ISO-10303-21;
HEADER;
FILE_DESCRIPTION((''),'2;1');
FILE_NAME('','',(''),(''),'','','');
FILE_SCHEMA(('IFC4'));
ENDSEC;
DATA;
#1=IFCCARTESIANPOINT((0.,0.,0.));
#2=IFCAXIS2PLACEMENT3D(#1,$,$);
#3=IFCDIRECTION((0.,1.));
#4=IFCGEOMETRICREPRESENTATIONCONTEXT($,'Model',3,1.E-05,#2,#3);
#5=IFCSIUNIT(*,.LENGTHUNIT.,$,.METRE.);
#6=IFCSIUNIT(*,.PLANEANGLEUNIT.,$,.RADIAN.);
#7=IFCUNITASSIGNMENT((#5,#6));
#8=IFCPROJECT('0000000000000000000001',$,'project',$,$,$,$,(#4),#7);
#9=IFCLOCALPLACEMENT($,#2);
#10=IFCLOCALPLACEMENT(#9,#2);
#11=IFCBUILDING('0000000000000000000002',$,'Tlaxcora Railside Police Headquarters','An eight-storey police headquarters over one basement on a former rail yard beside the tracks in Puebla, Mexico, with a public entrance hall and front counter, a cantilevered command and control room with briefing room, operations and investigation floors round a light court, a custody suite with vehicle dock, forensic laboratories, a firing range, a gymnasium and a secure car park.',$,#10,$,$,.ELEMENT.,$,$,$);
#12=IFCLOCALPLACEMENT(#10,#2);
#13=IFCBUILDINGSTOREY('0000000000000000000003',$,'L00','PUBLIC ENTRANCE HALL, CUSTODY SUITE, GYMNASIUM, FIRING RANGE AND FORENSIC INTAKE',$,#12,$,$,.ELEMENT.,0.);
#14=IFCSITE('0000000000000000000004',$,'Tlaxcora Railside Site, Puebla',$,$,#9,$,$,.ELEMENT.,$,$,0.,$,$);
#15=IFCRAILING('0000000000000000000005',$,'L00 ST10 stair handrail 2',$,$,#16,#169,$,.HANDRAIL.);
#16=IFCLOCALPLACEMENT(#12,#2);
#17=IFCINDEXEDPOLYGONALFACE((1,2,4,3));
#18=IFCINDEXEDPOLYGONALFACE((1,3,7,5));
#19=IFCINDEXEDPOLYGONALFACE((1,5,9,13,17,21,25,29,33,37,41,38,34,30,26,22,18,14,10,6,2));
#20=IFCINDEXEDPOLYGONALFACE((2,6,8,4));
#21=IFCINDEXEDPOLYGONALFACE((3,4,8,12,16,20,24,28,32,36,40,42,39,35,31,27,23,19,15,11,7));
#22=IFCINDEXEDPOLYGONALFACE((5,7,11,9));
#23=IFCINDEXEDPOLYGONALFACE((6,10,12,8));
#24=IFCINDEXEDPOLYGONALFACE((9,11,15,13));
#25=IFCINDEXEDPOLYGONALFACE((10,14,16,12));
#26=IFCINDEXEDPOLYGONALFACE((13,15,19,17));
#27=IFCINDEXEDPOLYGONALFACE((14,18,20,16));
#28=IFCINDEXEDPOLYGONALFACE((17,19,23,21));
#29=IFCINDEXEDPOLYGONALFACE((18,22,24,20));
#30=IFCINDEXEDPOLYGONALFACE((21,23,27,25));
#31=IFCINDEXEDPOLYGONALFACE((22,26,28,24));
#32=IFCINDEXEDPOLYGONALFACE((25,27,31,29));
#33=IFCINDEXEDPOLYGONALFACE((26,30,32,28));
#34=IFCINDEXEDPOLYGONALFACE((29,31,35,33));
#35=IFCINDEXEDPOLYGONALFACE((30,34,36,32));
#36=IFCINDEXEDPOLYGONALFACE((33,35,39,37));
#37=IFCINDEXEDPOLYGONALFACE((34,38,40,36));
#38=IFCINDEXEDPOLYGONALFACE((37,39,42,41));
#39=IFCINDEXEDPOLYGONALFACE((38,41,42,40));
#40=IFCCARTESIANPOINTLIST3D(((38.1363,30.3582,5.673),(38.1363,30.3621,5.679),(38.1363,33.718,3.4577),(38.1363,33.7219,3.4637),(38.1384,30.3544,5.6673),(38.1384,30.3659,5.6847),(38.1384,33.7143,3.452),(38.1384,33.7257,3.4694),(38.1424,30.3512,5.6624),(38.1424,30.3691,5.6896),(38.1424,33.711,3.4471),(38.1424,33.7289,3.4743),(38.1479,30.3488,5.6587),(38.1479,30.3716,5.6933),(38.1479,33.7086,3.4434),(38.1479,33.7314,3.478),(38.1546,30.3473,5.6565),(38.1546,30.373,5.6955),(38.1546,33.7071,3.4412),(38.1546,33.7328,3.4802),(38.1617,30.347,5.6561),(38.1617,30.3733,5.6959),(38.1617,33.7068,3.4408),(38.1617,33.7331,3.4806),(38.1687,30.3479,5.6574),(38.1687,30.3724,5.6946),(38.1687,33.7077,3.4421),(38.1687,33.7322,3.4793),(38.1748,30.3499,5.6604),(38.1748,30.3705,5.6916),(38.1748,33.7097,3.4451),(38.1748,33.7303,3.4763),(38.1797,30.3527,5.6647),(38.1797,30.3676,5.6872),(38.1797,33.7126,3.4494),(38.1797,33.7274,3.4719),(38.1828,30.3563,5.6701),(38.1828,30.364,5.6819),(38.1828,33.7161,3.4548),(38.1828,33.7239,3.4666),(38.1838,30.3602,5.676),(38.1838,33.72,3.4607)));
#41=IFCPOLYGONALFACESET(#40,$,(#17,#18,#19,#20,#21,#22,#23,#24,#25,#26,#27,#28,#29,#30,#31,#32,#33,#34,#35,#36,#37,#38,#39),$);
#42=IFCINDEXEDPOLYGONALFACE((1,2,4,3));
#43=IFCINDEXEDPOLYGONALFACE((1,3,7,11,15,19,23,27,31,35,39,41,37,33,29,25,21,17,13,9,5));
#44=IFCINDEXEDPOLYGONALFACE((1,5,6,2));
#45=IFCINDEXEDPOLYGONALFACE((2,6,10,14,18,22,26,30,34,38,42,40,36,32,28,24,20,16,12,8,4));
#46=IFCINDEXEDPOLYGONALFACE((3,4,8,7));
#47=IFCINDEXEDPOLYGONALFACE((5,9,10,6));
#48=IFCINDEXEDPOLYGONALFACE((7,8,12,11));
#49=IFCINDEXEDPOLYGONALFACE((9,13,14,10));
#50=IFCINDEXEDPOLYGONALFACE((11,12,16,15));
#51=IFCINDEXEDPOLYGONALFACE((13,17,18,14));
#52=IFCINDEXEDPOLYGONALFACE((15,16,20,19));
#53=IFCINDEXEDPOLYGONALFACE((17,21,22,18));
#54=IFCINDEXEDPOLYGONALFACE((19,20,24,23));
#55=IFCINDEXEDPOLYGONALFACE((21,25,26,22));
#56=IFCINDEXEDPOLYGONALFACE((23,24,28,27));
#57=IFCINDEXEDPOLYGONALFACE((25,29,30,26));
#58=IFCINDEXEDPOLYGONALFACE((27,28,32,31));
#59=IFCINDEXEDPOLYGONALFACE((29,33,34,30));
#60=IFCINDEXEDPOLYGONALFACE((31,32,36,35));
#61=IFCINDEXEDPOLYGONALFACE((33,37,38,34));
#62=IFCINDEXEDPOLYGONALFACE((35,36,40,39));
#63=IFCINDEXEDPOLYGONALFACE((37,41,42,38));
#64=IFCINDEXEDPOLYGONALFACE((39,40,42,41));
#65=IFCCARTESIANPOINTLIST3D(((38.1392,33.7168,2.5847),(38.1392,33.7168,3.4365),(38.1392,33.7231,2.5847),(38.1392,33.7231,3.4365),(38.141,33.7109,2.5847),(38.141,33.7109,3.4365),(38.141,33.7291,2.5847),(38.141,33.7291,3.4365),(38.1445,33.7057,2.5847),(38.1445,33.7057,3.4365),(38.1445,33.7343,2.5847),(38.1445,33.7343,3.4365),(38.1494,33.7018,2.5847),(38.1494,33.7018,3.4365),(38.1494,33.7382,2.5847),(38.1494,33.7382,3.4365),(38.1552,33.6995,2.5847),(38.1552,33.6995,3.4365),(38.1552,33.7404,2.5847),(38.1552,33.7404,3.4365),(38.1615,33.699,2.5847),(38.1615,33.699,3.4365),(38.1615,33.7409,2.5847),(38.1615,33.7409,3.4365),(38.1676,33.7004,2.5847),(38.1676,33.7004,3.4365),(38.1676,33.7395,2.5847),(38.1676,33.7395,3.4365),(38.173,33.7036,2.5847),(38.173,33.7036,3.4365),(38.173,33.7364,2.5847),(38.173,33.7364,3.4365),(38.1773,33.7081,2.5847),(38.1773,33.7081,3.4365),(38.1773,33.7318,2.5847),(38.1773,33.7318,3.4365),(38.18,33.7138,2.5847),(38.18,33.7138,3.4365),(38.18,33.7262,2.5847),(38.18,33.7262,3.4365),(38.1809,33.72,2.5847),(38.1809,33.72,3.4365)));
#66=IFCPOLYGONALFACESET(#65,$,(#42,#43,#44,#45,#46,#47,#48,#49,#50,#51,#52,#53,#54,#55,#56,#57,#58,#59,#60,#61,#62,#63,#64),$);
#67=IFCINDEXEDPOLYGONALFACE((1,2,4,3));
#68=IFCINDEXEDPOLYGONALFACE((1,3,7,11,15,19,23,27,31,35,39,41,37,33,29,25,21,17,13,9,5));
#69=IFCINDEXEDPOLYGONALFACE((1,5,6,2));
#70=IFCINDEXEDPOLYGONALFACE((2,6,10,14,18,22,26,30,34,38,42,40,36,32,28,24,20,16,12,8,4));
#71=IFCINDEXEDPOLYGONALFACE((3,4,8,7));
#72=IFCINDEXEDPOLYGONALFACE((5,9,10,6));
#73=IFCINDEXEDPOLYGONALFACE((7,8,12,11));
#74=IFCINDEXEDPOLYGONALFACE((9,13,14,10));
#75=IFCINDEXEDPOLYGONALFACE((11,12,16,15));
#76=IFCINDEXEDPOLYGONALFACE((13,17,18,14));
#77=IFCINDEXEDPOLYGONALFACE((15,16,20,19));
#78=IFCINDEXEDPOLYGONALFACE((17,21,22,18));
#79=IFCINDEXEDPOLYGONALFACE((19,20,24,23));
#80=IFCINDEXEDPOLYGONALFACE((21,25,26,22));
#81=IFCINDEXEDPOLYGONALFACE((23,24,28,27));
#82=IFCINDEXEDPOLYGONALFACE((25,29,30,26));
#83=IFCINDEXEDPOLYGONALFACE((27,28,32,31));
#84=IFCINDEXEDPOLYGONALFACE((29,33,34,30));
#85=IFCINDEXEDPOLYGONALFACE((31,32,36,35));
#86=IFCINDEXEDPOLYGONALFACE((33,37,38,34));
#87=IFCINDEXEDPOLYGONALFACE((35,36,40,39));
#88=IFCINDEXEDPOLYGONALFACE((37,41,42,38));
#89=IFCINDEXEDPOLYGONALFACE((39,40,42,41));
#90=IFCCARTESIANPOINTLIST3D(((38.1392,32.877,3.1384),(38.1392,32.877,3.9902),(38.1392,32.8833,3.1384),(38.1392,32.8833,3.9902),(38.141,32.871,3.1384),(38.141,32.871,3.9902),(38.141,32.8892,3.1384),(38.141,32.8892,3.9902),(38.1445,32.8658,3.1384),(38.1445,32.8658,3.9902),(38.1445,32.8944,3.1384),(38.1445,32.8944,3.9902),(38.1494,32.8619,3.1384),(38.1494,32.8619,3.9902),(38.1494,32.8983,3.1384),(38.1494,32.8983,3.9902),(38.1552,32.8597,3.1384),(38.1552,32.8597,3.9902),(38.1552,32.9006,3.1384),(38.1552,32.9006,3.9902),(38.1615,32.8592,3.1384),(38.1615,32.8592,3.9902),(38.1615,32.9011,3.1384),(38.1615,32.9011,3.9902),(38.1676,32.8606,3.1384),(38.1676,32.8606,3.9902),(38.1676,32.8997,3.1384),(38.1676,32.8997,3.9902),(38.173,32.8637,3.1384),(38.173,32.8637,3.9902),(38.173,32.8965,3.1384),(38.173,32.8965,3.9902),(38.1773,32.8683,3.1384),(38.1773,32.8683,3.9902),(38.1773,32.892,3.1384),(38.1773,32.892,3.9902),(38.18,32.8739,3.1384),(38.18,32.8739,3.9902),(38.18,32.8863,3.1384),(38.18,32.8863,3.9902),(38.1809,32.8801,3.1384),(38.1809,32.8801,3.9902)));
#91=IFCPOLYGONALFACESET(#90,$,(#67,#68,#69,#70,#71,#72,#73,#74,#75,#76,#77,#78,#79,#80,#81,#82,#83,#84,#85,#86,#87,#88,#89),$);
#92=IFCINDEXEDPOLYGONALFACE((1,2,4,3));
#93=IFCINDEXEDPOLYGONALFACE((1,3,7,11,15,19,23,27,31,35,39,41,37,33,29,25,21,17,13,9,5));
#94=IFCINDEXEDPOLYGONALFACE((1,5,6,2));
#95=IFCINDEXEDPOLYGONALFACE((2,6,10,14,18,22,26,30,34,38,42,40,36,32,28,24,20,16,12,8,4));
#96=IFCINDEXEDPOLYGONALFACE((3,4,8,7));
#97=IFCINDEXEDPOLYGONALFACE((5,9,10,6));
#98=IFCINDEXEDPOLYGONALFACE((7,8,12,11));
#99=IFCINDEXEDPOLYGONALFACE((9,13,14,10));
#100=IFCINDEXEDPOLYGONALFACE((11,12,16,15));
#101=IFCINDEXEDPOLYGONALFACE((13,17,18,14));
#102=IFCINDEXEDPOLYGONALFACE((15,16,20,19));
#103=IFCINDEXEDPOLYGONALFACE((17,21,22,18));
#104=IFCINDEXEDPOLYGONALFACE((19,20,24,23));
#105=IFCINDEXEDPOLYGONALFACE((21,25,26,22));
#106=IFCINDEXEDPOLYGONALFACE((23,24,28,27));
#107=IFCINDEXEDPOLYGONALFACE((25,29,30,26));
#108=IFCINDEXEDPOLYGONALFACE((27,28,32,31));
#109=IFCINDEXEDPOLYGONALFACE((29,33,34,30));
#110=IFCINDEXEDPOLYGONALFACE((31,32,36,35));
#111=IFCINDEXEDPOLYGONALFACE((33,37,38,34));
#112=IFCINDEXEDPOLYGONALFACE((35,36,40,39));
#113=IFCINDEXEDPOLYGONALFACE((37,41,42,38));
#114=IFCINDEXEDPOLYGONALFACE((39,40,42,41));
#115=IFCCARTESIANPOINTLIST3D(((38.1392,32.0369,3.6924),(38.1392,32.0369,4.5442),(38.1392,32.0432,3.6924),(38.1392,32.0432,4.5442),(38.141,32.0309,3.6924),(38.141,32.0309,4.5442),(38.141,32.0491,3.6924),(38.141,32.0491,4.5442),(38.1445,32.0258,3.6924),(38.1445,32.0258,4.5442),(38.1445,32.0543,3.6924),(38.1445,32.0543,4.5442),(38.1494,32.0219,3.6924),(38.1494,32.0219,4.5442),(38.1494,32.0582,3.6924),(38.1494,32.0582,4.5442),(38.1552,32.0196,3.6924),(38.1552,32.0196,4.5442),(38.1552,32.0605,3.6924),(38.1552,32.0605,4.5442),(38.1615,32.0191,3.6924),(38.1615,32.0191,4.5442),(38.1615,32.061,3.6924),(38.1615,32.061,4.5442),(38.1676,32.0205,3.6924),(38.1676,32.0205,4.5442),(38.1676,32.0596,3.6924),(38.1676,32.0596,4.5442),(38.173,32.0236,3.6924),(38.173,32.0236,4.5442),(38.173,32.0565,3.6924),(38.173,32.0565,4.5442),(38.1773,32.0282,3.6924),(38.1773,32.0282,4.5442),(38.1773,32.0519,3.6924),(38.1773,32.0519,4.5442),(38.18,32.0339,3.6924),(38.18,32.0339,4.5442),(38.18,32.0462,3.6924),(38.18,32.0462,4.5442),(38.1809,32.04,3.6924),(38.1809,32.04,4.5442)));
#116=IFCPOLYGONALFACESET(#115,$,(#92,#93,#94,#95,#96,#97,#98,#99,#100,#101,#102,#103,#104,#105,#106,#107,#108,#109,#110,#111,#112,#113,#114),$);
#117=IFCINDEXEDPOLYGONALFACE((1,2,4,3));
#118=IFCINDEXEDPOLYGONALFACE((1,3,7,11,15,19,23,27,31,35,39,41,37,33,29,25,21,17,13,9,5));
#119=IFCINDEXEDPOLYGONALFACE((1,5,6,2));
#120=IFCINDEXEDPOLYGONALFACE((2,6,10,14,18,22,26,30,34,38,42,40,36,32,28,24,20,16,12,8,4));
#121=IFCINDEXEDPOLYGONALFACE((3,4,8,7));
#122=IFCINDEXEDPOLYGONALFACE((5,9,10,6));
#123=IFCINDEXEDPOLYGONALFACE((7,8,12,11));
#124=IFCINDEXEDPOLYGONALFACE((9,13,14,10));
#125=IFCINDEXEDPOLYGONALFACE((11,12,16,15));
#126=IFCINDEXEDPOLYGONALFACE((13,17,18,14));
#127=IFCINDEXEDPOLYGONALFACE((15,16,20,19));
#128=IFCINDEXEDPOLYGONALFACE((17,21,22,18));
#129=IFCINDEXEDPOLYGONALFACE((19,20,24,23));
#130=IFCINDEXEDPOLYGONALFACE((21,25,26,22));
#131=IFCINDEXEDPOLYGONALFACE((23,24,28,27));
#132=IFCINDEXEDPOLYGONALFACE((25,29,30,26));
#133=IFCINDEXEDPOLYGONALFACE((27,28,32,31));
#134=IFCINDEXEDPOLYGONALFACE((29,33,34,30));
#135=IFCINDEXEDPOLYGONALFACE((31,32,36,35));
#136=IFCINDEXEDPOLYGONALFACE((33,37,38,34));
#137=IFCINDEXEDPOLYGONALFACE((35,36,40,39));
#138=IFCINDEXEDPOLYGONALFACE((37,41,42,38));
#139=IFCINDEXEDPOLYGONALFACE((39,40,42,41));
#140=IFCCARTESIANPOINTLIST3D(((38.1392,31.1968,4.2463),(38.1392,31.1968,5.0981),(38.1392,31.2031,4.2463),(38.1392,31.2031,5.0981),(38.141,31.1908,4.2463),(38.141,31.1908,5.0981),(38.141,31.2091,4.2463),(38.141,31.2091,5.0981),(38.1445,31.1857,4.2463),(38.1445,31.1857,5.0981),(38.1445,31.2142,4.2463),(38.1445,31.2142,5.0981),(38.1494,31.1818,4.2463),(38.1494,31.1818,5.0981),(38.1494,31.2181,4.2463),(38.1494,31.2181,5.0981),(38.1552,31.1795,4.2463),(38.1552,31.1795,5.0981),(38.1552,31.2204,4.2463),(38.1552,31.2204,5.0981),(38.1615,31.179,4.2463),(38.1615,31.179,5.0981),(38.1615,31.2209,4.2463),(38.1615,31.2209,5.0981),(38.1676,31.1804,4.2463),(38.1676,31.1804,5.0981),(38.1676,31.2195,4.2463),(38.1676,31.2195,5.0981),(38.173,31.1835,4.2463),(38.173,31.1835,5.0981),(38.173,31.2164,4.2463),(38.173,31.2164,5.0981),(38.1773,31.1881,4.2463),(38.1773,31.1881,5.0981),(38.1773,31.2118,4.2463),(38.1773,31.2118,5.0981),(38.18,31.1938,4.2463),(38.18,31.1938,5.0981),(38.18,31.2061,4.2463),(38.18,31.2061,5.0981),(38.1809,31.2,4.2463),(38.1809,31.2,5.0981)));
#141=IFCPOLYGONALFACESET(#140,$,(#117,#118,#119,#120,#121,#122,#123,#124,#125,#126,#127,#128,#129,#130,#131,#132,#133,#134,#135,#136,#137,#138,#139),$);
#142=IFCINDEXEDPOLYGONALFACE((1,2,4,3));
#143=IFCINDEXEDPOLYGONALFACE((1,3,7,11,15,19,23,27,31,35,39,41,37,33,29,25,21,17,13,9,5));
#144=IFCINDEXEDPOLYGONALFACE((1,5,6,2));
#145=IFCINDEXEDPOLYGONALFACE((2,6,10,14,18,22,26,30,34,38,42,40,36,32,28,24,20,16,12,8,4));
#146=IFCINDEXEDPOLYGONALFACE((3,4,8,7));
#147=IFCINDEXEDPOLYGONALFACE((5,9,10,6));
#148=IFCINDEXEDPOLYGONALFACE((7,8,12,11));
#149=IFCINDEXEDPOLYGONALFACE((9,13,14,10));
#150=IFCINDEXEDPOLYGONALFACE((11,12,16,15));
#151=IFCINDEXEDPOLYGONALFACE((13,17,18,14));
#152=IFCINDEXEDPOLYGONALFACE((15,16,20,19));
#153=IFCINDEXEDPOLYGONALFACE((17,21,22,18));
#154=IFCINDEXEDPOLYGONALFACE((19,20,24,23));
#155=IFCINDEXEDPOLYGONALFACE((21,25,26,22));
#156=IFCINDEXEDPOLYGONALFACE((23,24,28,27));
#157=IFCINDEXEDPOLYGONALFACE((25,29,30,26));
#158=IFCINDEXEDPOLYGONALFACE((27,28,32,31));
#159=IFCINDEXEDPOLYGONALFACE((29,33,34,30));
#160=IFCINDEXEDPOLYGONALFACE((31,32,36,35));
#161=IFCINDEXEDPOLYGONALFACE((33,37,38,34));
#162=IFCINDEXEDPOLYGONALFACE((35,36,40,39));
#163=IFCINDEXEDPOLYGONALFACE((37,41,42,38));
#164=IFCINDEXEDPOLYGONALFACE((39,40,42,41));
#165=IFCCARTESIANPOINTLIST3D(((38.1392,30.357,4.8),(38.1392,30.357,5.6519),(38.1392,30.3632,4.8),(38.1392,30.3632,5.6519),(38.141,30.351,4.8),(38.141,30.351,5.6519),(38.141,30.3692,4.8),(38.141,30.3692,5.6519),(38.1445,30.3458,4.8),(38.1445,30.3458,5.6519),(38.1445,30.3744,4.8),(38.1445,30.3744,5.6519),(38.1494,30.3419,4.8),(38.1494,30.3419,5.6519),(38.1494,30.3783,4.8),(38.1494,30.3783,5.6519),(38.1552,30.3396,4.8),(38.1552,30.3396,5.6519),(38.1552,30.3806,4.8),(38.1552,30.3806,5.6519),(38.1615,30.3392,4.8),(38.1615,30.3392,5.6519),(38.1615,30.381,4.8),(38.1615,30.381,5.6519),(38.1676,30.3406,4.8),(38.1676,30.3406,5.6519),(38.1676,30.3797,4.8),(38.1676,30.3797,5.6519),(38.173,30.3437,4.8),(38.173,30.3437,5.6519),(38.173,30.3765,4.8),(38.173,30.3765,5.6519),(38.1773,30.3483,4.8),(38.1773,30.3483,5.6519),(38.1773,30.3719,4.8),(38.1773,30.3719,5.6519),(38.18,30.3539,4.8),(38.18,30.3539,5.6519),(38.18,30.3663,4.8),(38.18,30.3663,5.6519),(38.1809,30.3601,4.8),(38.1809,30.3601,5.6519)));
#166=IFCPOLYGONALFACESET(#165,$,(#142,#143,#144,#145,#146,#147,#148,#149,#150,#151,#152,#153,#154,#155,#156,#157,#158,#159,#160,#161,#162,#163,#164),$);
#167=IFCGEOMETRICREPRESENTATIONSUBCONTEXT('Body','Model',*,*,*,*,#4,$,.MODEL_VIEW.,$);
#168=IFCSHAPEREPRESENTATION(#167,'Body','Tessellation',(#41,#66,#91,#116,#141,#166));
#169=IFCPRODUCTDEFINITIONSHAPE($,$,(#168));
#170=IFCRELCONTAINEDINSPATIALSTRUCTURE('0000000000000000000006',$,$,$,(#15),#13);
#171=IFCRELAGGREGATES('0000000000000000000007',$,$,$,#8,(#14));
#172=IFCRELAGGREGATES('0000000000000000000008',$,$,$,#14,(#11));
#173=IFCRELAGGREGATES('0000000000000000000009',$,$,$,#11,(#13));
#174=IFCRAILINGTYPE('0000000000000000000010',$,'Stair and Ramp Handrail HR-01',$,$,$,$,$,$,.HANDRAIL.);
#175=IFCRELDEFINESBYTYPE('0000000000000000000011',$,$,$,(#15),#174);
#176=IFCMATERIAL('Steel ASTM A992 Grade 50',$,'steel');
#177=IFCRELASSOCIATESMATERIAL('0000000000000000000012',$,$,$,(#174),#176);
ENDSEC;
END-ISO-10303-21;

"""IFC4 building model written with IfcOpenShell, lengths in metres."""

from ifc_helpers import new_model, si_unit, direction, frame, origin, origin_2d, place, context, subcontext, project, spatial, circle, extrude, material, type_object, element, save


model = new_model("IFC4")

# Units and contexts
model_context = context("Model", 3, precision=1e-05, world=origin(), true_north=direction((0.0, 1.0)))
body_context = subcontext(model_context, "Body", "Model", "MODEL_VIEW")
ifc_project = project(units=[si_unit("LENGTHUNIT", "METRE"), si_unit("PLANEANGLEUNIT", "RADIAN")], contexts=[model_context])

# Site, building, storey
site_placement = place(None, origin())
site = spatial("IfcSite", under=ifc_project, at=site_placement, Name="Tlaxcora Railside Site, Puebla", CompositionType="ELEMENT", RefElevation=0.0)
building_placement = place(site_placement, origin())
building = spatial("IfcBuilding", under=site, at=building_placement, Name="Tlaxcora Railside Police Headquarters", Description="An eight-storey police headquarters over one basement on a former rail yard beside the tracks in Puebla, Mexico, with a public entrance hall and front counter, a cantilevered command and control room with briefing room, operations and investigation floors round a light court, a custody suite with vehicle dock, forensic laboratories, a firing range, a gymnasium and a secure car park.", CompositionType="ELEMENT")
storey_placement = place(building_placement, origin())
storey = spatial("IfcBuildingStorey", under=building, at=storey_placement, Name="L00", Description="PUBLIC ENTRANCE HALL, CUSTODY SUITE, GYMNASIUM, FIRING RANGE AND FORENSIC INTAKE", CompositionType="ELEMENT", Elevation=0.0)

# Shared definitions
ifc_material_1 = material(Name="Steel ASTM A992 Grade 50", Category="steel")

# Railing
railing_type_1 = type_object("IfcRailingType", Name="Stair and Ramp Handrail HR-01", PredefinedType="HANDRAIL", material=ifc_material_1)
railing_1_placement = place(storey_placement, frame((38.1599, 33.72, 2.5847)))
element("IfcRailing", 1, at=railing_1_placement, inside=storey, type_object=railing_type_1, Name="L00 ST10 stair handrail 2", PredefinedType="HANDRAIL", context=body_context, shape_type="SweptSolid", body=[
    extrude(circle(Radius=0.0239, at=origin_2d()), frame((0.0, 0.0, 0.876), z_axis=(0.0, -0.834858, 0.550465), x_axis=(1.0, 0.0, 0.0)), (0.0, 0.0, 1.0), 4.0244),
    extrude(circle(Radius=0.021, at=origin_2d()), origin(), (0.0, 0.0, 1.0), 0.8518),
    extrude(circle(Radius=0.021, at=origin_2d()), frame((0.0, -0.8398, 0.5537)), (0.0, 0.0, 1.0), 0.8518),
    extrude(circle(Radius=0.021, at=origin_2d()), frame((0.0, -1.6799, 1.1077)), (0.0, 0.0, 1.0), 0.8518),
    extrude(circle(Radius=0.021, at=origin_2d()), frame((0.0, -2.52, 1.6616)), (0.0, 0.0, 1.0), 0.8518),
    extrude(circle(Radius=0.021, at=origin_2d()), frame((0.0, -3.3599, 2.2153)), (0.0, 0.0, 1.0), 0.8518),
])

save(model, "model.ifc")
